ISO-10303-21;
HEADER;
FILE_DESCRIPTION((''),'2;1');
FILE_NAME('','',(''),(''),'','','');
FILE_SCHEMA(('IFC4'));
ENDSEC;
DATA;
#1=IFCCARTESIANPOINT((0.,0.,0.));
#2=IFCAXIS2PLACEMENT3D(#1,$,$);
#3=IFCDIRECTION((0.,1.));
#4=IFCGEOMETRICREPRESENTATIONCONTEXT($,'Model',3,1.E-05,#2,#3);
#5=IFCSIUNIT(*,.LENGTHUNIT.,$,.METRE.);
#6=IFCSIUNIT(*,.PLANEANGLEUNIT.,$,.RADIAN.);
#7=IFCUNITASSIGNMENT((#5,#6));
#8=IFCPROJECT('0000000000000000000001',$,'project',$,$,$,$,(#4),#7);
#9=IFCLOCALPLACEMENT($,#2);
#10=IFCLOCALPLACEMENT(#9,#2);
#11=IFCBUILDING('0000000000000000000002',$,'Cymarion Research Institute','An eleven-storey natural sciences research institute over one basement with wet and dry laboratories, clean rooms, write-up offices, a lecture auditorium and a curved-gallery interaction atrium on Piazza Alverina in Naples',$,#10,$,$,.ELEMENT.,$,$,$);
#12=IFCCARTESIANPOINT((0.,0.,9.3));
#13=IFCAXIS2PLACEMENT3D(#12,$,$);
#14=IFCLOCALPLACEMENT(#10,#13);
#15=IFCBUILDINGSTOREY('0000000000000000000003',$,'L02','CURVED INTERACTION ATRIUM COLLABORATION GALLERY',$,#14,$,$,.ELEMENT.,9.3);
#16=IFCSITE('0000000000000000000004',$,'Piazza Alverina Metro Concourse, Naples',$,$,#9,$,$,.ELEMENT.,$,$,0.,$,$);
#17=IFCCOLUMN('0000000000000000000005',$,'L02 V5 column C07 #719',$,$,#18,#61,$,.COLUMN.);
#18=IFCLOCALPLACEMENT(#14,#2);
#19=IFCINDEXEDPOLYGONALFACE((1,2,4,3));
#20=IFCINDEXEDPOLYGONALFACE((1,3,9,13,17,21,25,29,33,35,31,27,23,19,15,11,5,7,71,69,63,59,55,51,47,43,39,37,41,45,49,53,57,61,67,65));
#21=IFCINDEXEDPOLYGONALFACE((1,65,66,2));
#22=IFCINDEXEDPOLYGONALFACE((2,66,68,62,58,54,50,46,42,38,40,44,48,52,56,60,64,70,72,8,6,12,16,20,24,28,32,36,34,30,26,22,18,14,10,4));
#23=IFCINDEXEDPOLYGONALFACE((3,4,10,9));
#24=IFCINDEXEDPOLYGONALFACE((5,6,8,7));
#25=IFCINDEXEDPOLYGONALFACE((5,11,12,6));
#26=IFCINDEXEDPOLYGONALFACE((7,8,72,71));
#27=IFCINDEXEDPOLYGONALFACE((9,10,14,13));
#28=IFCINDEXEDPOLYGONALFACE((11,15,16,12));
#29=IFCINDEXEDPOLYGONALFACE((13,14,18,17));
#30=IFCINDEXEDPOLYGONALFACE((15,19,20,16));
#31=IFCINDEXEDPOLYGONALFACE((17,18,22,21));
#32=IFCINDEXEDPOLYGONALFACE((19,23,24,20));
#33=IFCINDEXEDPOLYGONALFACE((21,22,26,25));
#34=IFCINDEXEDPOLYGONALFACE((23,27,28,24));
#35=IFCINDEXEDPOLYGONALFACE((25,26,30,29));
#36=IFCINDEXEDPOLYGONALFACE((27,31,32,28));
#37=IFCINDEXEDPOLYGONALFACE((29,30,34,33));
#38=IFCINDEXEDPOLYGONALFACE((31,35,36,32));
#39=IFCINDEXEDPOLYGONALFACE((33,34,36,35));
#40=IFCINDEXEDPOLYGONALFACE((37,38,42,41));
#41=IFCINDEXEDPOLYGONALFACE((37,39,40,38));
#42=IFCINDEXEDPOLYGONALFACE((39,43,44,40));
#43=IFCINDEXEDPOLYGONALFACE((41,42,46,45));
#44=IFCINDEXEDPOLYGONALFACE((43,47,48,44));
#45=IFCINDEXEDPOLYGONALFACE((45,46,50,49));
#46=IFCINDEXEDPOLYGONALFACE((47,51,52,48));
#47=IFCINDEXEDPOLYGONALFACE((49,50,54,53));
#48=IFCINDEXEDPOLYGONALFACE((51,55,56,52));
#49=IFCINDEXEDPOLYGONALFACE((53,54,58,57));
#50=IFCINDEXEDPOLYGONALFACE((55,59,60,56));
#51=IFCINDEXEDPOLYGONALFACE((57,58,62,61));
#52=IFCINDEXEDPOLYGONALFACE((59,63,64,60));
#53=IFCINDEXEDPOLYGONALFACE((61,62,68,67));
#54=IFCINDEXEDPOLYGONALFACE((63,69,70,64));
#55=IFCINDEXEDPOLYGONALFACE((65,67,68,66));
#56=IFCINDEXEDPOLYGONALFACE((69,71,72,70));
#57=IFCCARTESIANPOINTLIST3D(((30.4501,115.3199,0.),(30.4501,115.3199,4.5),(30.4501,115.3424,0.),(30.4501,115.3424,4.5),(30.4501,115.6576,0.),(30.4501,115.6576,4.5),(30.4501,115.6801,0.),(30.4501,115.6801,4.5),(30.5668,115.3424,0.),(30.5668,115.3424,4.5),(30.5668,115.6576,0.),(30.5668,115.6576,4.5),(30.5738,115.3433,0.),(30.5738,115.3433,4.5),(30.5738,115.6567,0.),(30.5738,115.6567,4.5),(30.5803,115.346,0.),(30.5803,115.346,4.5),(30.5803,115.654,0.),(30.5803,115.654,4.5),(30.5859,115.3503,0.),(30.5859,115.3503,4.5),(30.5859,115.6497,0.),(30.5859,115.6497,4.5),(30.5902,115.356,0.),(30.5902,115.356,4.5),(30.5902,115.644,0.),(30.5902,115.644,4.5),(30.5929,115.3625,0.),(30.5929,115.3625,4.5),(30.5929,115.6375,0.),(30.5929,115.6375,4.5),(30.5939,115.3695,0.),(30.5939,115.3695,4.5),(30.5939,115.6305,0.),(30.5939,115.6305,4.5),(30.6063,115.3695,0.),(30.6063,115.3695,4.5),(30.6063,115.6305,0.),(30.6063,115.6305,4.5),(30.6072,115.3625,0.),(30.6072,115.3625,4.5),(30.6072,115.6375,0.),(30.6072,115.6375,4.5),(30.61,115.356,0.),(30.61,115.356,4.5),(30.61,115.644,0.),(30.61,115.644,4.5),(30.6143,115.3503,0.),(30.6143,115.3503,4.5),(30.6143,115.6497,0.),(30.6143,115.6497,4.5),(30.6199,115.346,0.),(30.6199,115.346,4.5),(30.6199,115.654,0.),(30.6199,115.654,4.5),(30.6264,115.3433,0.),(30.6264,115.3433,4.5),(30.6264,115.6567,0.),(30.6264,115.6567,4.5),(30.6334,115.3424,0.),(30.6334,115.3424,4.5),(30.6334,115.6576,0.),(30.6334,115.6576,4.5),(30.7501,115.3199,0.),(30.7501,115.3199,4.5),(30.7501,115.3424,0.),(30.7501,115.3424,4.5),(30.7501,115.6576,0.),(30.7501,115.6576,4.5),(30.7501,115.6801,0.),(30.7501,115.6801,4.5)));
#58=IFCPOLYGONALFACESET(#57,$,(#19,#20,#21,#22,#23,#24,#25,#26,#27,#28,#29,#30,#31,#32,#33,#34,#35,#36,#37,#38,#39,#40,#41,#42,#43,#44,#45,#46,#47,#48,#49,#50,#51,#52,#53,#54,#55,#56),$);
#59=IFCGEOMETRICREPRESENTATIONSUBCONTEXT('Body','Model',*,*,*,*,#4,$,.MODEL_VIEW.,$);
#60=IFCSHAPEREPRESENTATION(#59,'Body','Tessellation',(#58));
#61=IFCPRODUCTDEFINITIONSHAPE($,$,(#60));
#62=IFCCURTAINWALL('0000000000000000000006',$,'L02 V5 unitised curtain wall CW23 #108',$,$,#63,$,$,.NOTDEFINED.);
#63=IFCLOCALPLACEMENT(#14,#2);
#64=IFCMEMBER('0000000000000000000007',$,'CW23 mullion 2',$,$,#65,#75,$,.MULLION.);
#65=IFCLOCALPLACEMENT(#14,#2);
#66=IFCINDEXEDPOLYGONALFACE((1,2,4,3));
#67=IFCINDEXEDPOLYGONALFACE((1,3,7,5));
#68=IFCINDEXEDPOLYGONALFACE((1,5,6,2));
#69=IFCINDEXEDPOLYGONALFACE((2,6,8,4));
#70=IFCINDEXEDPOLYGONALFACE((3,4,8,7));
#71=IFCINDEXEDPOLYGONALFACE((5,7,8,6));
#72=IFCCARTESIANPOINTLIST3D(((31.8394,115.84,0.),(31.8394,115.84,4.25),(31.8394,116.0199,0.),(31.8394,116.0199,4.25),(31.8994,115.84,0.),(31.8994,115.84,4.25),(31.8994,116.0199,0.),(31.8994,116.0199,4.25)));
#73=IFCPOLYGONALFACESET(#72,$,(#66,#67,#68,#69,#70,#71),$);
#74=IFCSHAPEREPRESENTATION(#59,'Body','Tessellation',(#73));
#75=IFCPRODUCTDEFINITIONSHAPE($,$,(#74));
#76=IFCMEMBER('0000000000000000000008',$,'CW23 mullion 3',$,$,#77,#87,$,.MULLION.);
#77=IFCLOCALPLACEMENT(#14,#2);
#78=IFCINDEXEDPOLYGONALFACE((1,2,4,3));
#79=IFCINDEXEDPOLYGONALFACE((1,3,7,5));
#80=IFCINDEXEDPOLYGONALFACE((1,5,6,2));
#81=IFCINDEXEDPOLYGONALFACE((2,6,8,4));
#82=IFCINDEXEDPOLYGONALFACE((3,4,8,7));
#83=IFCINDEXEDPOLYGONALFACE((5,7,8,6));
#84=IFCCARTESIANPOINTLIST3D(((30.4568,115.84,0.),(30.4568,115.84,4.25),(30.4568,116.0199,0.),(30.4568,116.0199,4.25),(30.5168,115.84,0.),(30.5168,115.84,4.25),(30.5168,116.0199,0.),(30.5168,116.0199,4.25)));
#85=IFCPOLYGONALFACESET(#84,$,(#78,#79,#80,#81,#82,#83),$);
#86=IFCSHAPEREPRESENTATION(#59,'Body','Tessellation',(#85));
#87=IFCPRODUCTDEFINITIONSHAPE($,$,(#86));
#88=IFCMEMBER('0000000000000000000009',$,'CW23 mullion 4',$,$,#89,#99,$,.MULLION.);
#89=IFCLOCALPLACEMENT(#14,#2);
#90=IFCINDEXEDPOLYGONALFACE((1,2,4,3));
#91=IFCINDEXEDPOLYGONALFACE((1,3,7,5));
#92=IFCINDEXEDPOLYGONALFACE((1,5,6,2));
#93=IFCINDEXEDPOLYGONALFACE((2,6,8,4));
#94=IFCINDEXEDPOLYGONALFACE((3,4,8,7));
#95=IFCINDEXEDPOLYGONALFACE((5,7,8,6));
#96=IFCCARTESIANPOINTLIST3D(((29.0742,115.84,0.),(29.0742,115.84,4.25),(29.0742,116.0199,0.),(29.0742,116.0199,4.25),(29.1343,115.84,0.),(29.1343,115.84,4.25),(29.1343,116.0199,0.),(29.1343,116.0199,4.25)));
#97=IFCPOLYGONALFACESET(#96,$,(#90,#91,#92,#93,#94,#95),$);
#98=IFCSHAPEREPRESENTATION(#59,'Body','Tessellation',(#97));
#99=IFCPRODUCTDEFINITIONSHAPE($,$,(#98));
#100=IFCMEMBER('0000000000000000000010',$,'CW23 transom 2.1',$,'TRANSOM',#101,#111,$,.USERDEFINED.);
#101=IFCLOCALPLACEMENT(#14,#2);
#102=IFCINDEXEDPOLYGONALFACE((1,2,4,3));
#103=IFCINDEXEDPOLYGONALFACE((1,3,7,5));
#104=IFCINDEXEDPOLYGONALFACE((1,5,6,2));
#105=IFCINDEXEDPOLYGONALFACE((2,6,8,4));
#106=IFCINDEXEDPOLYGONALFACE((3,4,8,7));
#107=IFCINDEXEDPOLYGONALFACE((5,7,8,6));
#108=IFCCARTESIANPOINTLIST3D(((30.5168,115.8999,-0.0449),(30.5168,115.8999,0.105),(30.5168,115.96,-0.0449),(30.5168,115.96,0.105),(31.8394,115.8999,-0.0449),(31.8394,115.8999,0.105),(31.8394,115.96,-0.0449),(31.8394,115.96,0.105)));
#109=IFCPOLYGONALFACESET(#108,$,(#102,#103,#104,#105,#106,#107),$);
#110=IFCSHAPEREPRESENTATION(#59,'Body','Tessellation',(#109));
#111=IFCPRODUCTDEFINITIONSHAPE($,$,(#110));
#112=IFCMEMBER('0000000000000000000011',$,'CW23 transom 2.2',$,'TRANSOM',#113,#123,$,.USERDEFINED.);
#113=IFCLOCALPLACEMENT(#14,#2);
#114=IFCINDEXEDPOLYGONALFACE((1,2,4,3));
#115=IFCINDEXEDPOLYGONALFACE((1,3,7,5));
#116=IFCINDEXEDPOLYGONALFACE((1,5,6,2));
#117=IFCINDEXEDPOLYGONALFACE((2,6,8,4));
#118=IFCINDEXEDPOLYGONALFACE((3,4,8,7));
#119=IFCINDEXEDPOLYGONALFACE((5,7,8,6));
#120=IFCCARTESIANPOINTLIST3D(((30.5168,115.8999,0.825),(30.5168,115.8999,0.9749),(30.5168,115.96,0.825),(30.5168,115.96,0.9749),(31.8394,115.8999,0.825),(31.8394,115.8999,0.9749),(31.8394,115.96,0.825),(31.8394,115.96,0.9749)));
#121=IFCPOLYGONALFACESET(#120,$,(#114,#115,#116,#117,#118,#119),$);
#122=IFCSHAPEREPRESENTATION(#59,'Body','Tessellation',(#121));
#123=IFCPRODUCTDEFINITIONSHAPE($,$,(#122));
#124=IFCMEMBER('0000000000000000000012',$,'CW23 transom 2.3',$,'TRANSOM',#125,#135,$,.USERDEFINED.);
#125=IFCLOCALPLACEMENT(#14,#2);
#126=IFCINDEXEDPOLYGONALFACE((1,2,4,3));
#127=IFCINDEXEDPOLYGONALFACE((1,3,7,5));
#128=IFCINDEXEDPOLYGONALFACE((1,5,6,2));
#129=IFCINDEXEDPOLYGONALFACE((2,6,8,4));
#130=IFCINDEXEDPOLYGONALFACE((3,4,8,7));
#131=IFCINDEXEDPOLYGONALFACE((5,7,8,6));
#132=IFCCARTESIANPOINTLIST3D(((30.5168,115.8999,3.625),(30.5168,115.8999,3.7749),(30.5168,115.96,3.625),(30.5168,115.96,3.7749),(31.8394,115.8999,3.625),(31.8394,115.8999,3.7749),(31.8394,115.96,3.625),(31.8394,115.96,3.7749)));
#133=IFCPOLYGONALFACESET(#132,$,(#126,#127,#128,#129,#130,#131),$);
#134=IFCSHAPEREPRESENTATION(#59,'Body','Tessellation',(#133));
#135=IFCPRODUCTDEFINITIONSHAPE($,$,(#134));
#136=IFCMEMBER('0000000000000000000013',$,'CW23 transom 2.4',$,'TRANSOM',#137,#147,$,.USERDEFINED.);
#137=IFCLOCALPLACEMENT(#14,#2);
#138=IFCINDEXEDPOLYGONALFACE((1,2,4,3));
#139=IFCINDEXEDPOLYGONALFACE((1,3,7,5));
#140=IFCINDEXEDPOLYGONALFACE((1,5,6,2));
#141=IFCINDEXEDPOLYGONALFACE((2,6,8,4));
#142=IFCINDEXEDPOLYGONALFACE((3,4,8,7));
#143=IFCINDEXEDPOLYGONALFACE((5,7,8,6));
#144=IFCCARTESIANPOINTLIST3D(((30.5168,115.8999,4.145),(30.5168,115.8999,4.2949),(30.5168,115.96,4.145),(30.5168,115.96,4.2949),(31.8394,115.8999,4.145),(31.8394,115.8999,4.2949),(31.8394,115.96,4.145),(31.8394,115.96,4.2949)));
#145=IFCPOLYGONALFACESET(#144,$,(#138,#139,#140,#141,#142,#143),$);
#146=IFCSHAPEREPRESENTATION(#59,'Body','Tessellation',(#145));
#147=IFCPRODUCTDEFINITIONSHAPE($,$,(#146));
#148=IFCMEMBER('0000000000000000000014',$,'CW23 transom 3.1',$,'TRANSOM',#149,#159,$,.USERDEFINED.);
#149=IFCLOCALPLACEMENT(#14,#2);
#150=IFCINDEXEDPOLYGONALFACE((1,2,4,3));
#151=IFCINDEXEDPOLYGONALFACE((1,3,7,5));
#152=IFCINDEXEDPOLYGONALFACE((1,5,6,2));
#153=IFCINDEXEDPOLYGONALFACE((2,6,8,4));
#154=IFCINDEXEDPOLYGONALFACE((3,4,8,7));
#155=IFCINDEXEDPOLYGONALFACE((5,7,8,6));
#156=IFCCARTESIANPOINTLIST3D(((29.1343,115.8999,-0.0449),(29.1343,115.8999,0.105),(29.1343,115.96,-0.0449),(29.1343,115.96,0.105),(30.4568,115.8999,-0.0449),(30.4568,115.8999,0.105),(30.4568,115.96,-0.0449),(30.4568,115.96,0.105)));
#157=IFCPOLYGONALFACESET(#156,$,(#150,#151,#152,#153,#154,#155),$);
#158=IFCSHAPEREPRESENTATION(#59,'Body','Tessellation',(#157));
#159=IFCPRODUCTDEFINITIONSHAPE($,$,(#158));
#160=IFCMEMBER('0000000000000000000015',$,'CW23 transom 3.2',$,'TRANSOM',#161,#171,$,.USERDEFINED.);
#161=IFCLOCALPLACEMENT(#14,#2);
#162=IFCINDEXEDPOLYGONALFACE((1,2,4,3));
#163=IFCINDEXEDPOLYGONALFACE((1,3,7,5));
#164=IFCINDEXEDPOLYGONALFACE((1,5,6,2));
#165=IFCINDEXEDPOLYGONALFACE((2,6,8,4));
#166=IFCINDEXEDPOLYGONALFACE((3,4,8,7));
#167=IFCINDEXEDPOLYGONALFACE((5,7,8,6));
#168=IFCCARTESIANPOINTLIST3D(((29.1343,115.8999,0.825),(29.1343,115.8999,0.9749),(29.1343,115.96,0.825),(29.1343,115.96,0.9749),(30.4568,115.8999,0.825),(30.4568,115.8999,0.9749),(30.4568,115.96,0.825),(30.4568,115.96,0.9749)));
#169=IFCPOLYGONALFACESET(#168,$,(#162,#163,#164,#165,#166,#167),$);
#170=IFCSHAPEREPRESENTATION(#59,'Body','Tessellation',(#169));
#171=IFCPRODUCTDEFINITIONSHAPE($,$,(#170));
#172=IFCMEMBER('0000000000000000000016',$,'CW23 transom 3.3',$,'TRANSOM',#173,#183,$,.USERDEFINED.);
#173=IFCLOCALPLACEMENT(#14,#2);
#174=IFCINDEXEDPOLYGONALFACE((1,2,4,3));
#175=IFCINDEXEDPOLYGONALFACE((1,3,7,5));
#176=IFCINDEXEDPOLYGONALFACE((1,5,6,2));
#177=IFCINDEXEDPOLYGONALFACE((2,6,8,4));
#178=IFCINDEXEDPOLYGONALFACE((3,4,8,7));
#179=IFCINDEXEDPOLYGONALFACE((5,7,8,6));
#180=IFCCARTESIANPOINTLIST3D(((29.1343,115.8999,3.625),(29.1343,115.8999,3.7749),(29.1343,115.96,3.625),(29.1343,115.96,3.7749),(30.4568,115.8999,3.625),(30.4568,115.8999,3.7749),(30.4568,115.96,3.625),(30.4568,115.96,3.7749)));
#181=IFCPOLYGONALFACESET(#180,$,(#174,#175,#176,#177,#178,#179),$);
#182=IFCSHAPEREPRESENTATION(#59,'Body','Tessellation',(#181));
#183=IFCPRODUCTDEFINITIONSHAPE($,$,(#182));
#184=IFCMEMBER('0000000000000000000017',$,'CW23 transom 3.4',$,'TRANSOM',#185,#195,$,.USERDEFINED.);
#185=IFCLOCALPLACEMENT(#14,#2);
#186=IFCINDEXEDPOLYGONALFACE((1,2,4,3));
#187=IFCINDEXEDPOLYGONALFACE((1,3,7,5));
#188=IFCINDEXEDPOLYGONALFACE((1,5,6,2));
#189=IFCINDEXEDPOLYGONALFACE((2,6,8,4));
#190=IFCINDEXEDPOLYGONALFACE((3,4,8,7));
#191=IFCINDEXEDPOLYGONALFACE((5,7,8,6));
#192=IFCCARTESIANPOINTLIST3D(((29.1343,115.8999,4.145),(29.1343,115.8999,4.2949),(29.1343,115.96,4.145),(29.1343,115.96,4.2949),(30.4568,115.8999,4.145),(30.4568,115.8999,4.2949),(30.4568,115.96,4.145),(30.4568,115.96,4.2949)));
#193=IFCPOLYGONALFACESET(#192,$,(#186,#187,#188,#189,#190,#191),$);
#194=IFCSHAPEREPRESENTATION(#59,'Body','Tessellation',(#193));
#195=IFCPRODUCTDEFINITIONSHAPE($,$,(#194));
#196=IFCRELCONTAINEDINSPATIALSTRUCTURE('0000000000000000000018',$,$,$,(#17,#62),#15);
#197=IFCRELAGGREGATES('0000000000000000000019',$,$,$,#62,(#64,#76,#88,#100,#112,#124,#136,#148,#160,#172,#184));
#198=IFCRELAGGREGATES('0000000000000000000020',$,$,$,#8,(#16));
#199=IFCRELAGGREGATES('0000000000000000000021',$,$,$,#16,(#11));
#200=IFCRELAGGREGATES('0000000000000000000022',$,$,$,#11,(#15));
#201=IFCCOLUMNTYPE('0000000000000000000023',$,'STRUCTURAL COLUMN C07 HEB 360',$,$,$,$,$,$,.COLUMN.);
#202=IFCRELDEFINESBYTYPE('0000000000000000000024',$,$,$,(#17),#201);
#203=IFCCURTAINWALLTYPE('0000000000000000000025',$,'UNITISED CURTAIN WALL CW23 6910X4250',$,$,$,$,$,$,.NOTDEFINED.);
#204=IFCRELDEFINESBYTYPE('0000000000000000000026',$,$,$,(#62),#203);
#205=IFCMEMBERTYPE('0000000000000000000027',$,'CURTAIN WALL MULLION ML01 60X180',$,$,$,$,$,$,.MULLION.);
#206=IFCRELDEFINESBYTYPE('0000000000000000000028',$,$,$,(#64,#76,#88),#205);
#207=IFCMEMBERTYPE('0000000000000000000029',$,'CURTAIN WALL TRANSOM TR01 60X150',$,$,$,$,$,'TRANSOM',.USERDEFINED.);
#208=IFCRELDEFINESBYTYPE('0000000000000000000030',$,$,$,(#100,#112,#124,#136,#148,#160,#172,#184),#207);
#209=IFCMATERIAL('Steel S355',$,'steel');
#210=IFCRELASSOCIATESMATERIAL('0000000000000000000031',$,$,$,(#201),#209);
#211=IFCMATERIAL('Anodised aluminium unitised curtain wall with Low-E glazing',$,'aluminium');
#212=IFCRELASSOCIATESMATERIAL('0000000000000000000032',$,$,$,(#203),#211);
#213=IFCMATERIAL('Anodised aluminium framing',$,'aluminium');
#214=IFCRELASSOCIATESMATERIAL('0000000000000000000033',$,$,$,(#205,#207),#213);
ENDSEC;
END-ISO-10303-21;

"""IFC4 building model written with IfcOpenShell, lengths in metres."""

from ifc_helpers import new_model, si_unit, direction, frame, origin, origin_2d, place, context, subcontext, project, spatial, rectangle, i_section, extrude, material, material_profile, profile_set, type_object, element, aggregate, save


model = new_model("IFC4")

# Units and contexts
model_context = context("Model", 3, precision=1e-05, world=origin(), true_north=direction((0.0, 1.0)))
body_context = subcontext(model_context, "Body", "Model", "MODEL_VIEW")
ifc_project = project(units=[si_unit("LENGTHUNIT", "METRE"), si_unit("PLANEANGLEUNIT", "RADIAN")], contexts=[model_context])

# Site, building, storey
site_placement = place(None, origin())
site = spatial("IfcSite", under=ifc_project, at=site_placement, Name="Piazza Alverina Metro Concourse, Naples", CompositionType="ELEMENT", RefElevation=0.0)
building_placement = place(site_placement, origin())
building = spatial("IfcBuilding", under=site, at=building_placement, Name="Cymarion Research Institute", Description="An eleven-storey natural sciences research institute over one basement with wet and dry laboratories, clean rooms, write-up offices, a lecture auditorium and a curved-gallery interaction atrium on Piazza Alverina in Naples", CompositionType="ELEMENT")
storey_placement = place(building_placement, frame((0.0, 0.0, 9.3)))
storey = spatial("IfcBuildingStorey", under=building, at=storey_placement, Name="L02", Description="CURVED INTERACTION ATRIUM COLLABORATION GALLERY", CompositionType="ELEMENT", Elevation=9.3)

# Column
ifc_material_1 = material(Name="Steel S355", Category="steel")
ifc_material_profile_1 = material_profile(ifc_material_1, i_section(OverallWidth=0.3, OverallDepth=0.3601, WebThickness=0.0125, FlangeThickness=0.0225, FilletRadius=0.0271, at=origin_2d()), Name="HEB 360")
ifc_profile_set_1 = profile_set([ifc_material_profile_1], Name="Steel S355")
column_type = type_object("IfcColumnType", Name="STRUCTURAL COLUMN C07 HEB 360", PredefinedType="COLUMN", material=ifc_profile_set_1)
column_placement = place(storey_placement, frame((30.6001, 115.5, 0.0), z_axis=(0.0, 0.0, 1.0), x_axis=(1.0, 0.0, 0.0)))
element("IfcColumn", 1, at=column_placement, inside=storey, type_object=column_type, Name="L02 V5 column C07 #719", PredefinedType="COLUMN", context=body_context, shape_type="SweptSolid", body=[
    extrude(i_section(OverallWidth=0.3, OverallDepth=0.3601, WebThickness=0.0125, FlangeThickness=0.0225, FilletRadius=0.0271, at=origin_2d()), origin(), (0.0, 0.0, 1.0), 4.5),
])

# Curtain wall, members
ifc_material_2 = material(Name="Anodised aluminium unitised curtain wall with Low-E glazing", Category="aluminium")
curtain_wall_type = type_object("IfcCurtainWallType", Name="UNITISED CURTAIN WALL CW23 6910X4250", PredefinedType="NOTDEFINED", material=ifc_material_2)
curtain_wall_placement = place(storey_placement, origin())
curtain_wall = element("IfcCurtainWall", 2, at=curtain_wall_placement, inside=storey, type_object=curtain_wall_type, Name="L02 V5 unitised curtain wall CW23 #108", PredefinedType="NOTDEFINED")
ifc_material_3 = material(Name="Anodised aluminium framing", Category="aluminium")
ifc_material_profile_2 = material_profile(ifc_material_3, rectangle(XDim=0.0601, YDim=0.1799, at=origin_2d()), Name="ALU MULLION 60x180")
ifc_profile_set_2 = profile_set([ifc_material_profile_2], Name="Anodised aluminium framing")
member_type_1 = type_object("IfcMemberType", Name="CURTAIN WALL MULLION ML01 60X180", PredefinedType="MULLION", material=ifc_profile_set_2)
member_1_placement = place(storey_placement, frame((31.8694, 115.9299, 0.0), z_axis=(0.0, 0.0, 1.0), x_axis=(-1.0, 0.0, 0.0)))
member_1 = element("IfcMember", 3, at=member_1_placement, type_object=member_type_1, Name="CW23 mullion 2", PredefinedType="MULLION", context=body_context, shape_type="SweptSolid", body=[
    extrude(rectangle(XDim=0.0601, YDim=0.1799, at=origin_2d()), origin(), (0.0, 0.0, 1.0), 4.25),
])
member_2_placement = place(storey_placement, frame((30.4868, 115.9299, 0.0), z_axis=(0.0, 0.0, 1.0), x_axis=(-1.0, 0.0, 0.0)))
member_2 = element("IfcMember", 4, at=member_2_placement, type_object=member_type_1, Name="CW23 mullion 3", PredefinedType="MULLION", context=body_context, shape_type="SweptSolid", body=[
    extrude(rectangle(XDim=0.0601, YDim=0.1799, at=origin_2d()), origin(), (0.0, 0.0, 1.0), 4.25),
])
member_3_placement = place(storey_placement, frame((29.1042, 115.9299, 0.0), z_axis=(0.0, 0.0, 1.0), x_axis=(-1.0, 0.0, 0.0)))
member_3 = element("IfcMember", 5, at=member_3_placement, type_object=member_type_1, Name="CW23 mullion 4", PredefinedType="MULLION", context=body_context, shape_type="SweptSolid", body=[
    extrude(rectangle(XDim=0.0601, YDim=0.1799, at=origin_2d()), origin(), (0.0, 0.0, 1.0), 4.25),
])
ifc_material_profile_3 = material_profile(ifc_material_3, rectangle(XDim=0.0601, YDim=0.1499, at=origin_2d()), Name="ALU TRANSOM 60x150")
ifc_profile_set_3 = profile_set([ifc_material_profile_3], Name="Anodised aluminium framing")
member_type_2 = type_object("IfcMemberType", Name="CURTAIN WALL TRANSOM TR01 60X150", ElementType="TRANSOM", PredefinedType="USERDEFINED", material=ifc_profile_set_3)
member_4_placement = place(storey_placement, frame((31.8394, 115.9299, 0.03), z_axis=(-1.0, 0.0, 0.0), x_axis=(0.0, -1.0, 0.0)))
member_4 = element("IfcMember", 6, at=member_4_placement, type_object=member_type_2, Name="CW23 transom 2.1", ObjectType="TRANSOM", PredefinedType="USERDEFINED", context=body_context, shape_type="SweptSolid", body=[
    extrude(rectangle(XDim=0.0601, YDim=0.1499, at=origin_2d()), origin(), (0.0, 0.0, 1.0), 1.3225),
])
member_5_placement = place(storey_placement, frame((31.8394, 115.9299, 0.8999), z_axis=(-1.0, 0.0, 0.0), x_axis=(0.0, -1.0, 0.0)))
member_5 = element("IfcMember", 7, at=member_5_placement, type_object=member_type_2, Name="CW23 transom 2.2", ObjectType="TRANSOM", PredefinedType="USERDEFINED", context=body_context, shape_type="SweptSolid", body=[
    extrude(rectangle(XDim=0.0601, YDim=0.1499, at=origin_2d()), origin(), (0.0, 0.0, 1.0), 1.3225),
])
member_6_placement = place(storey_placement, frame((31.8394, 115.9299, 3.7), z_axis=(-1.0, 0.0, 0.0), x_axis=(0.0, -1.0, 0.0)))
member_6 = element("IfcMember", 8, at=member_6_placement, type_object=member_type_2, Name="CW23 transom 2.3", ObjectType="TRANSOM", PredefinedType="USERDEFINED", context=body_context, shape_type="SweptSolid", body=[
    extrude(rectangle(XDim=0.0601, YDim=0.1499, at=origin_2d()), origin(), (0.0, 0.0, 1.0), 1.3225),
])
member_7_placement = place(storey_placement, frame((31.8394, 115.9299, 4.22), z_axis=(-1.0, 0.0, 0.0), x_axis=(0.0, -1.0, 0.0)))
member_7 = element("IfcMember", 9, at=member_7_placement, type_object=member_type_2, Name="CW23 transom 2.4", ObjectType="TRANSOM", PredefinedType="USERDEFINED", context=body_context, shape_type="SweptSolid", body=[
    extrude(rectangle(XDim=0.0601, YDim=0.1499, at=origin_2d()), origin(), (0.0, 0.0, 1.0), 1.3225),
])
member_8_placement = place(storey_placement, frame((30.4568, 115.9299, 0.03), z_axis=(-1.0, 0.0, 0.0), x_axis=(0.0, -1.0, 0.0)))
member_8 = element("IfcMember", 10, at=member_8_placement, type_object=member_type_2, Name="CW23 transom 3.1", ObjectType="TRANSOM", PredefinedType="USERDEFINED", context=body_context, shape_type="SweptSolid", body=[
    extrude(rectangle(XDim=0.0601, YDim=0.1499, at=origin_2d()), origin(), (0.0, 0.0, 1.0), 1.3225),
])
member_9_placement = place(storey_placement, frame((30.4568, 115.9299, 0.8999), z_axis=(-1.0, 0.0, 0.0), x_axis=(0.0, -1.0, 0.0)))
member_9 = element("IfcMember", 11, at=member_9_placement, type_object=member_type_2, Name="CW23 transom 3.2", ObjectType="TRANSOM", PredefinedType="USERDEFINED", context=body_context, shape_type="SweptSolid", body=[
    extrude(rectangle(XDim=0.0601, YDim=0.1499, at=origin_2d()), origin(), (0.0, 0.0, 1.0), 1.3225),
])
member_10_placement = place(storey_placement, frame((30.4568, 115.9299, 3.7), z_axis=(-1.0, 0.0, 0.0), x_axis=(0.0, -1.0, 0.0)))
member_10 = element("IfcMember", 12, at=member_10_placement, type_object=member_type_2, Name="CW23 transom 3.3", ObjectType="TRANSOM", PredefinedType="USERDEFINED", context=body_context, shape_type="SweptSolid", body=[
    extrude(rectangle(XDim=0.0601, YDim=0.1499, at=origin_2d()), origin(), (0.0, 0.0, 1.0), 1.3225),
])
member_11_placement = place(storey_placement, frame((30.4568, 115.9299, 4.22), z_axis=(-1.0, 0.0, 0.0), x_axis=(0.0, -1.0, 0.0)))
member_11 = element("IfcMember", 13, at=member_11_placement, type_object=member_type_2, Name="CW23 transom 3.4", ObjectType="TRANSOM", PredefinedType="USERDEFINED", context=body_context, shape_type="SweptSolid", body=[
    extrude(rectangle(XDim=0.0601, YDim=0.1499, at=origin_2d()), origin(), (0.0, 0.0, 1.0), 1.3225),
])

aggregate(curtain_wall, [member_1, member_2, member_3, member_4, member_5, member_6, member_7, member_8, member_9, member_10, member_11])

save(model, "model.ifc")
